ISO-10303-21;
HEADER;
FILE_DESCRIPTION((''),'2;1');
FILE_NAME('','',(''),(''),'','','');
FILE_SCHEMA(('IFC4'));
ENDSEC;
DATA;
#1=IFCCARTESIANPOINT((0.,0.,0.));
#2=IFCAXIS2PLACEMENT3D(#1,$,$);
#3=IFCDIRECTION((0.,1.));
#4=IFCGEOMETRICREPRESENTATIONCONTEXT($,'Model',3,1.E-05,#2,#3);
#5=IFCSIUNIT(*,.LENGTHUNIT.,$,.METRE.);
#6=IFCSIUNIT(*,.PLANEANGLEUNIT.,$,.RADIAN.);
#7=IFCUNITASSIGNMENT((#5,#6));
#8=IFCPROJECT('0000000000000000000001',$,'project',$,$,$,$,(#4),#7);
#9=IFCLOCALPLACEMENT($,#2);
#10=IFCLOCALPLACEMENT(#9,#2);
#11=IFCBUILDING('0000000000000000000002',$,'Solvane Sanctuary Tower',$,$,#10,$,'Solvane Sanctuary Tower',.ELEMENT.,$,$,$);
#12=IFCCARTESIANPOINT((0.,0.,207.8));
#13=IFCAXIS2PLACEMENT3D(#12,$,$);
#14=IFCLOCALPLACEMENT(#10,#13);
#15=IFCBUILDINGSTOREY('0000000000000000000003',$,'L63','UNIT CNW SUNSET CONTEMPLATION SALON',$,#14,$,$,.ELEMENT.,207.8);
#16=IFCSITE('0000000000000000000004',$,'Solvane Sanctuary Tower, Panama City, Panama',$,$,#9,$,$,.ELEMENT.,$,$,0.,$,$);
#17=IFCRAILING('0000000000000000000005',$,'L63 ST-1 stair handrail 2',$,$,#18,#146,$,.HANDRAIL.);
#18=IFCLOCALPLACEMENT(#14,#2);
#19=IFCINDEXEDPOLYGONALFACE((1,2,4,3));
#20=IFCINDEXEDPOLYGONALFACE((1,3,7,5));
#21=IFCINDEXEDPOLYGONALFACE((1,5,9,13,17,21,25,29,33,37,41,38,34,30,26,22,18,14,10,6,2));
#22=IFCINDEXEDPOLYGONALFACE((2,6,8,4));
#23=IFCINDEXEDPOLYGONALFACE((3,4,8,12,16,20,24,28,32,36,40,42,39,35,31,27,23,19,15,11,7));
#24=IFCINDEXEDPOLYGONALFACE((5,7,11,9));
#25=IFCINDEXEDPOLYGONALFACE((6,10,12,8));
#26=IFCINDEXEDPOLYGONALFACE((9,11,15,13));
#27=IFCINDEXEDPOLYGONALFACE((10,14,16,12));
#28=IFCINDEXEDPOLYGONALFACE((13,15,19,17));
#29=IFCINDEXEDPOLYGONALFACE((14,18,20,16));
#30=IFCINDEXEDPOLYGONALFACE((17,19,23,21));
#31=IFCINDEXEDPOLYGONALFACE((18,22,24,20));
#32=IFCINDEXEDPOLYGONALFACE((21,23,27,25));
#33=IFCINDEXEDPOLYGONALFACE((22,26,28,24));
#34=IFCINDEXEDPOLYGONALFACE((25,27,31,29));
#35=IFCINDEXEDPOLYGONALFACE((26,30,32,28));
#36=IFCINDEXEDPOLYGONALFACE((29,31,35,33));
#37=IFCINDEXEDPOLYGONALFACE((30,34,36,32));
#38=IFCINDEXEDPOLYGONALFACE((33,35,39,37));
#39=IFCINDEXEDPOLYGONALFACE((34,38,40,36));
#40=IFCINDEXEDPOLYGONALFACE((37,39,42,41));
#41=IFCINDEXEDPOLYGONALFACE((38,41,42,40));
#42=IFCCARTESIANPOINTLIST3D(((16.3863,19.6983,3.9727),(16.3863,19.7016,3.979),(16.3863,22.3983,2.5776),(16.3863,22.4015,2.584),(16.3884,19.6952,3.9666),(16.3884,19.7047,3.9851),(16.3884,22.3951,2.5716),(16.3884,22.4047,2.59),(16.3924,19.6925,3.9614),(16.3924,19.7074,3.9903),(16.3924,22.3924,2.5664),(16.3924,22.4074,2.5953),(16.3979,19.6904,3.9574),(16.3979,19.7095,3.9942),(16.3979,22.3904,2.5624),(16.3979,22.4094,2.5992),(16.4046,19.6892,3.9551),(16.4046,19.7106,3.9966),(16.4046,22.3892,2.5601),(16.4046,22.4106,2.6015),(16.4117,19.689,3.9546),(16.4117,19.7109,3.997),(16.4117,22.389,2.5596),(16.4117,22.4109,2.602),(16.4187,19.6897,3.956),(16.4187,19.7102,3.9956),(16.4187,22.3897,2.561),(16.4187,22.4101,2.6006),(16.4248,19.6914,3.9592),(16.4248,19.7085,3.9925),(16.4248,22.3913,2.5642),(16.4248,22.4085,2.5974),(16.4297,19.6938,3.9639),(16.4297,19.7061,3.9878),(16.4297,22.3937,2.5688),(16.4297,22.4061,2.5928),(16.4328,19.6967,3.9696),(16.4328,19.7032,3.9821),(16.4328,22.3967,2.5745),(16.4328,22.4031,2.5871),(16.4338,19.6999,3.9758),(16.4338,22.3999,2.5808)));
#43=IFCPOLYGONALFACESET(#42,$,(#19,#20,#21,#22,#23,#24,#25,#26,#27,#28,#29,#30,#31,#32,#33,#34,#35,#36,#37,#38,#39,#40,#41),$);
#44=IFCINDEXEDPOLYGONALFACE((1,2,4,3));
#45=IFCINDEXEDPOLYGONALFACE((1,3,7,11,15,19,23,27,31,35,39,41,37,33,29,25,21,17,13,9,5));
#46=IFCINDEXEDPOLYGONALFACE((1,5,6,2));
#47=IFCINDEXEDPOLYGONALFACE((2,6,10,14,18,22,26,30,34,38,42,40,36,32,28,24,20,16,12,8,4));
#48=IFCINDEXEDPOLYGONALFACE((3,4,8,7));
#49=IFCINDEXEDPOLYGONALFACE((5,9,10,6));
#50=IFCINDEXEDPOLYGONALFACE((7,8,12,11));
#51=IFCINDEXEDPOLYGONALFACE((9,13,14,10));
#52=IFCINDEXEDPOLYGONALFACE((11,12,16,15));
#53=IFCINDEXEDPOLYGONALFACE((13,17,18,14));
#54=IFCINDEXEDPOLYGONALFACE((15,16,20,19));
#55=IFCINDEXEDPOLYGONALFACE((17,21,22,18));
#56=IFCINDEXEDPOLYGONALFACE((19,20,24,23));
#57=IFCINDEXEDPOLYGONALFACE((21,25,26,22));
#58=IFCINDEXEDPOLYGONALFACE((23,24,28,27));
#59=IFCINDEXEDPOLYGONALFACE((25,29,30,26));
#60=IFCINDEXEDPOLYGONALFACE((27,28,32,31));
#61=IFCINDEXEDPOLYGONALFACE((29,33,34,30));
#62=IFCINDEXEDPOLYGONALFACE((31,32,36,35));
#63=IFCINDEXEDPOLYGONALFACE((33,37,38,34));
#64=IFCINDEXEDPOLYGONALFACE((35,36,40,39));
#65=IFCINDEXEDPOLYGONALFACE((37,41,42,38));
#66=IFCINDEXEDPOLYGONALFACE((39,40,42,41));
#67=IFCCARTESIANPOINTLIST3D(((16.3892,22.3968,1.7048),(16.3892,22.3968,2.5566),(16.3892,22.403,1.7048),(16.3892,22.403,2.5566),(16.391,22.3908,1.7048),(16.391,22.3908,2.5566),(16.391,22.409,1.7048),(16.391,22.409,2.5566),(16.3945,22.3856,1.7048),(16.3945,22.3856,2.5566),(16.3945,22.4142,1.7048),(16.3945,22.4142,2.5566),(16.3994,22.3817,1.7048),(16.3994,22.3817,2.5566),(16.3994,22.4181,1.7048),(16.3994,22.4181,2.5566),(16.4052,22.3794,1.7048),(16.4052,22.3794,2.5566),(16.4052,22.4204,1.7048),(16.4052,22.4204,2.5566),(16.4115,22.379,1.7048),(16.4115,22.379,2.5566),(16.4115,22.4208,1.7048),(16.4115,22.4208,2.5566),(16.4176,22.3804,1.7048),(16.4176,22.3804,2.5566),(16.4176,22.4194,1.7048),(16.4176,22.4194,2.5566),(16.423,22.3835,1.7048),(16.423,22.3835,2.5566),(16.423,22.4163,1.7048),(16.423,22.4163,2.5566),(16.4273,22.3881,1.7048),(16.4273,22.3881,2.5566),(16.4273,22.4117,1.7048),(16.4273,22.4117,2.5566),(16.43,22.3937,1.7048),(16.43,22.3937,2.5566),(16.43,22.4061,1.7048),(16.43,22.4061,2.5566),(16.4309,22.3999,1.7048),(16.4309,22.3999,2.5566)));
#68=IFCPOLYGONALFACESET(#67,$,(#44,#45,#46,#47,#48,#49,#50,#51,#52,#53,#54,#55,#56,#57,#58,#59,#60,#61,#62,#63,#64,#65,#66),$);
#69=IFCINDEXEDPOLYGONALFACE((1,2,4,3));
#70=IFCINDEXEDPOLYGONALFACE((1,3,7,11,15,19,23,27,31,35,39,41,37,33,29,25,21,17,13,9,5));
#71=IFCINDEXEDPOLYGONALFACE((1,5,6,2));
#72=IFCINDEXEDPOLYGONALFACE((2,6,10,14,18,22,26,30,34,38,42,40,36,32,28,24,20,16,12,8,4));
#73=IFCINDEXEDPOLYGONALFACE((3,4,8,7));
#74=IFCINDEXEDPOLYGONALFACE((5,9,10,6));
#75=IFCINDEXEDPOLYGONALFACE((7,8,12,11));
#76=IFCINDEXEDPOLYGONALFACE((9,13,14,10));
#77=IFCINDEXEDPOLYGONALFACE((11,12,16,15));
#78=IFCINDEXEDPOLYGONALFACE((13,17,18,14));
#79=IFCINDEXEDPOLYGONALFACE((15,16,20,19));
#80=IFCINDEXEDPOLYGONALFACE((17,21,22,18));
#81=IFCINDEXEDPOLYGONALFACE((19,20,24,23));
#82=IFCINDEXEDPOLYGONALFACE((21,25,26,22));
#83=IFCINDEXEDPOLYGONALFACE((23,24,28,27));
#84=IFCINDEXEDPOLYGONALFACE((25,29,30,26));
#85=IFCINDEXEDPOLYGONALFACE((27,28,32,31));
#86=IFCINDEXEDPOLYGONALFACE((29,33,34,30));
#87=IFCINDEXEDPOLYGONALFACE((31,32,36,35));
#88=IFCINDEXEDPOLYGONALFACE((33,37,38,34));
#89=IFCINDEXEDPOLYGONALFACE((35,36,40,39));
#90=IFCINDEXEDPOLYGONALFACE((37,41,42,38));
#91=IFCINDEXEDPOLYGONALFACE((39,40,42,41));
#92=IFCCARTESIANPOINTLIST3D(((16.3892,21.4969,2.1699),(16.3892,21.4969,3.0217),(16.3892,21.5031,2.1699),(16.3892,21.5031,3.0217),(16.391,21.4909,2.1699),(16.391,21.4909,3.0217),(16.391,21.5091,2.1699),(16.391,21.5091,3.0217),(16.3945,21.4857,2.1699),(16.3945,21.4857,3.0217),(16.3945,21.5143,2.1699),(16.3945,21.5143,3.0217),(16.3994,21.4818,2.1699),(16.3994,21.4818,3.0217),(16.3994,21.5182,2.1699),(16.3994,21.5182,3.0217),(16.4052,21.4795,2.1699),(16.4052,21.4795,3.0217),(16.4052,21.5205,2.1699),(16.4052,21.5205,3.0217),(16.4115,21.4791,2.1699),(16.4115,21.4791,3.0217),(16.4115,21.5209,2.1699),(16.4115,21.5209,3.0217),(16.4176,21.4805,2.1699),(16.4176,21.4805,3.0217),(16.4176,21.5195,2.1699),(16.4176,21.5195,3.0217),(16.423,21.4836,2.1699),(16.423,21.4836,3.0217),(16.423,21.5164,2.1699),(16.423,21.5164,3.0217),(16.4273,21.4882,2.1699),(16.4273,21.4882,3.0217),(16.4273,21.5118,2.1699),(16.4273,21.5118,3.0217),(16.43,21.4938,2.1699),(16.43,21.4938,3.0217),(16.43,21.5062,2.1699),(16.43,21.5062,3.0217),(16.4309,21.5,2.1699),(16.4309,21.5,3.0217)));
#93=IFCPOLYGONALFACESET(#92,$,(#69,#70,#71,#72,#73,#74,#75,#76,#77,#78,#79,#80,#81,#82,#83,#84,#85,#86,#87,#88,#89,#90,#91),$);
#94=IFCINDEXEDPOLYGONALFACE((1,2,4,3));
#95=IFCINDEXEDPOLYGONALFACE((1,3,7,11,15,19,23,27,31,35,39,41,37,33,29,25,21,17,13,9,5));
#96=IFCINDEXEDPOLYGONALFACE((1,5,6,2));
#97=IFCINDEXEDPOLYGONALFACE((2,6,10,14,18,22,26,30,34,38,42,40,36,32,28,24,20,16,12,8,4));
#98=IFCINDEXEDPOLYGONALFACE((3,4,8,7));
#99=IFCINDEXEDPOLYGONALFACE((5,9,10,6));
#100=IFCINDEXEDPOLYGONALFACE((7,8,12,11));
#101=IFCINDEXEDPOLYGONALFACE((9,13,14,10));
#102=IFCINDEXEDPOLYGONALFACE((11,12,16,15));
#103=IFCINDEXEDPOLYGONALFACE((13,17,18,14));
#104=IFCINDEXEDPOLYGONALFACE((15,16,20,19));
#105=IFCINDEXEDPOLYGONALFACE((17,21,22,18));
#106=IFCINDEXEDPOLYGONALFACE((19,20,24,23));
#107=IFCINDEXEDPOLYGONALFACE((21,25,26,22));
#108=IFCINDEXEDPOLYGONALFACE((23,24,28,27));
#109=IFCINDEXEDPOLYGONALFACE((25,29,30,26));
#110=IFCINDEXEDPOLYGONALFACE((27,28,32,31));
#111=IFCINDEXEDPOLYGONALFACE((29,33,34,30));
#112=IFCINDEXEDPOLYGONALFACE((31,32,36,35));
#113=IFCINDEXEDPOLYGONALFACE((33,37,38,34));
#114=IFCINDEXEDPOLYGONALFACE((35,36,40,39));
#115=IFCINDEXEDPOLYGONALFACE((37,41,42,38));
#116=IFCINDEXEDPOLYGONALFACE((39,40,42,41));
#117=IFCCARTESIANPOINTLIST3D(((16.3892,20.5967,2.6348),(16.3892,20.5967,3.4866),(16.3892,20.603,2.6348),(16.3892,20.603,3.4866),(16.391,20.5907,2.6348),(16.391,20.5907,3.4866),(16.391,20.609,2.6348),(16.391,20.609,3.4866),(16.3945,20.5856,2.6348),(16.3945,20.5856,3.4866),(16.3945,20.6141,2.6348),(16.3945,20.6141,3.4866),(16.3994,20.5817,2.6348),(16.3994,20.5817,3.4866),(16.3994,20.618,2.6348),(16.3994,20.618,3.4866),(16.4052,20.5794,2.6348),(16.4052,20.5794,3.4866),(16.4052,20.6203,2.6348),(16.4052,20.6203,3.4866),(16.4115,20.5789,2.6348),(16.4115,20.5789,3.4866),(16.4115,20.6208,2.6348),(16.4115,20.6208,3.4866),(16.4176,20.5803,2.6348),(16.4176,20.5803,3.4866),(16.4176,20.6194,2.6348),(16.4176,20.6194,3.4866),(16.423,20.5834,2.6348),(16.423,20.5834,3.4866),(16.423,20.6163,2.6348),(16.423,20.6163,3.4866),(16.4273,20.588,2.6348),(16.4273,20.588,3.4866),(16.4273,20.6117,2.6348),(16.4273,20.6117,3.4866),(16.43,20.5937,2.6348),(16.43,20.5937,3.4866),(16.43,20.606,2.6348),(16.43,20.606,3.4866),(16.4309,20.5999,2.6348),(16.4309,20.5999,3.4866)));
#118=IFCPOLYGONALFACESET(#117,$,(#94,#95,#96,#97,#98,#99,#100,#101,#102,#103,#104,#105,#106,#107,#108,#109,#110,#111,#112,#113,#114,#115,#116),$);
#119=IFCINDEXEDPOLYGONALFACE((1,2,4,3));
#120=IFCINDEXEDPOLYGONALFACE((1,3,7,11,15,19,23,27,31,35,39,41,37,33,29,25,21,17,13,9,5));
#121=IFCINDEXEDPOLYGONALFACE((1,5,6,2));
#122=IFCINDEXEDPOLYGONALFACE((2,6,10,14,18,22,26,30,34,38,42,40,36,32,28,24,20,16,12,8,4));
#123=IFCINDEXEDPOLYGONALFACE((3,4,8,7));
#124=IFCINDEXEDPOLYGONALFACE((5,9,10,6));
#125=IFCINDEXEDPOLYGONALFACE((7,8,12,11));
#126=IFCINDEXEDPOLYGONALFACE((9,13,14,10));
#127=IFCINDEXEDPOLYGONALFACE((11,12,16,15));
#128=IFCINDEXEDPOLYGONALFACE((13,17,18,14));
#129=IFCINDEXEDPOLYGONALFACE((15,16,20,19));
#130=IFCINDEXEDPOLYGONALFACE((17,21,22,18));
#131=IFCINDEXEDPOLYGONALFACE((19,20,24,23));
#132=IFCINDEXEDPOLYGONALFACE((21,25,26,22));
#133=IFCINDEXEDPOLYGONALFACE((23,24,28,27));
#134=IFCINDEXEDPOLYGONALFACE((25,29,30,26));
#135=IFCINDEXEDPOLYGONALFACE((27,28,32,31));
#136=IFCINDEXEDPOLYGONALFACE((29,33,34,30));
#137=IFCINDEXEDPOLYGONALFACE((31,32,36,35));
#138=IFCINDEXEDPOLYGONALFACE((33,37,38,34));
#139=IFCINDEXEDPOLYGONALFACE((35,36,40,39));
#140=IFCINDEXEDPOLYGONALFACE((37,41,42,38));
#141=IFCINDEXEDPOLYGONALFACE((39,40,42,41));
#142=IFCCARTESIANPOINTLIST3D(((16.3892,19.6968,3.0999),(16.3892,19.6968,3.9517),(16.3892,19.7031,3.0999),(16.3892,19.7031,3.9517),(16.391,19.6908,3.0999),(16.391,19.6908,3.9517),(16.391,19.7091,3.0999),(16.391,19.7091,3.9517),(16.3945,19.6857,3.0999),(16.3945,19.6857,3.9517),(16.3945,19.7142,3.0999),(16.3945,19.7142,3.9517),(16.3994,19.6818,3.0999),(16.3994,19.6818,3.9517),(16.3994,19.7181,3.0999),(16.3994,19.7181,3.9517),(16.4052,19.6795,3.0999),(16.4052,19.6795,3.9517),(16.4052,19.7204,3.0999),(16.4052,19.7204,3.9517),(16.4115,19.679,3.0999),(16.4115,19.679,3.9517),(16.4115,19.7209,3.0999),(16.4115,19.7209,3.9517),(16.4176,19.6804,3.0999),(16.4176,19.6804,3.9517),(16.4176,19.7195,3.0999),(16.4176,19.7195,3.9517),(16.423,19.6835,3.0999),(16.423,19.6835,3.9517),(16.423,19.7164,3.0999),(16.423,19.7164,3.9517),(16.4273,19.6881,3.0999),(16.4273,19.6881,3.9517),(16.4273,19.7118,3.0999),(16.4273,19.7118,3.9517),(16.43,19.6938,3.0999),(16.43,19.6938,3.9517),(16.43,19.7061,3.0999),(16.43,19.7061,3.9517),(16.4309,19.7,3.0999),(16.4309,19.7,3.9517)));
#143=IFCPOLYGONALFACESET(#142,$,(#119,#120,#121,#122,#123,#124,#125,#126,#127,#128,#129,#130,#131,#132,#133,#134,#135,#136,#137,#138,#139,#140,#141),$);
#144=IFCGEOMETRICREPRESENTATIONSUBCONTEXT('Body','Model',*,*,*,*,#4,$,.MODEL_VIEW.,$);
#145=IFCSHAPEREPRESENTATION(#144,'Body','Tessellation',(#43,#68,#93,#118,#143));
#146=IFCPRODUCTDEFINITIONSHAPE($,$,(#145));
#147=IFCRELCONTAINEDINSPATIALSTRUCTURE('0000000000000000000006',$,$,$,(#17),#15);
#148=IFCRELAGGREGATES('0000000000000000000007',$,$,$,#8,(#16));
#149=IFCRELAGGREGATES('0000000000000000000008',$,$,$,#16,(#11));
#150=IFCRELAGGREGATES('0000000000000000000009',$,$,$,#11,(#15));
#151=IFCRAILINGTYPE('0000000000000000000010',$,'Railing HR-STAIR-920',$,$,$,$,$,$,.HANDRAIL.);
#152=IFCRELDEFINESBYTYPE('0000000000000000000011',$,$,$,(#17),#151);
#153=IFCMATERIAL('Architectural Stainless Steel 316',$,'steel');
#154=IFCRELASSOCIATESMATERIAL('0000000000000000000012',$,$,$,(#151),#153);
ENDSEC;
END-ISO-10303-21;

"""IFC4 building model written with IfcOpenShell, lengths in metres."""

from ifc_helpers import new_model, si_unit, direction, frame, origin, origin_2d, place, context, subcontext, project, spatial, circle, extrude, material, type_object, element, save


model = new_model("IFC4")

# Units and contexts
model_context = context("Model", 3, precision=1e-05, world=origin(), true_north=direction((0.0, 1.0)))
body_context = subcontext(model_context, "Body", "Model", "MODEL_VIEW")
ifc_project = project(units=[si_unit("LENGTHUNIT", "METRE"), si_unit("PLANEANGLEUNIT", "RADIAN")], contexts=[model_context])

# Site, building, storey
site_placement = place(None, origin())
site = spatial("IfcSite", under=ifc_project, at=site_placement, Name="Solvane Sanctuary Tower, Panama City, Panama", CompositionType="ELEMENT", RefElevation=0.0)
building_placement = place(site_placement, origin())
building = spatial("IfcBuilding", under=site, at=building_placement, Name="Solvane Sanctuary Tower", LongName="Solvane Sanctuary Tower", CompositionType="ELEMENT")
storey_placement = place(building_placement, frame((0.0, 0.0, 207.8)))
storey = spatial("IfcBuildingStorey", under=building, at=storey_placement, Name="L63", Description="UNIT CNW SUNSET CONTEMPLATION SALON", CompositionType="ELEMENT", Elevation=207.8)

# Shared definitions
ifc_material_1 = material(Name="Architectural Stainless Steel 316", Category="steel")

# Railing
railing_type_1 = type_object("IfcRailingType", Name="Railing HR-STAIR-920", PredefinedType="HANDRAIL", material=ifc_material_1)
railing_1_placement = place(storey_placement, frame((16.4099, 22.3999, 1.7048)))
element("IfcRailing", 1, at=railing_1_placement, inside=storey, type_object=railing_type_1, Name="L63 ST-1 stair handrail 2", PredefinedType="HANDRAIL", context=body_context, shape_type="SweptSolid", body=[
    extrude(circle(Radius=0.0239, at=origin_2d()), frame((0.0, 0.0, 0.876), z_axis=(0.0, -0.88842, 0.459032), x_axis=(1.0, 0.0, 0.0)), (0.0, 0.0, 1.0), 3.0391),
    extrude(circle(Radius=0.021, at=origin_2d()), origin(), (0.0, 0.0, 1.0), 0.8518),
    extrude(circle(Radius=0.021, at=origin_2d()), frame((0.0, -0.8999, 0.4651)), (0.0, 0.0, 1.0), 0.8518),
    extrude(circle(Radius=0.021, at=origin_2d()), frame((0.0, -1.8, 0.9299)), (0.0, 0.0, 1.0), 0.8518),
    extrude(circle(Radius=0.021, at=origin_2d()), frame((0.0, -2.7, 1.395)), (0.0, 0.0, 1.0), 0.8518),
])

save(model, "model.ifc")
